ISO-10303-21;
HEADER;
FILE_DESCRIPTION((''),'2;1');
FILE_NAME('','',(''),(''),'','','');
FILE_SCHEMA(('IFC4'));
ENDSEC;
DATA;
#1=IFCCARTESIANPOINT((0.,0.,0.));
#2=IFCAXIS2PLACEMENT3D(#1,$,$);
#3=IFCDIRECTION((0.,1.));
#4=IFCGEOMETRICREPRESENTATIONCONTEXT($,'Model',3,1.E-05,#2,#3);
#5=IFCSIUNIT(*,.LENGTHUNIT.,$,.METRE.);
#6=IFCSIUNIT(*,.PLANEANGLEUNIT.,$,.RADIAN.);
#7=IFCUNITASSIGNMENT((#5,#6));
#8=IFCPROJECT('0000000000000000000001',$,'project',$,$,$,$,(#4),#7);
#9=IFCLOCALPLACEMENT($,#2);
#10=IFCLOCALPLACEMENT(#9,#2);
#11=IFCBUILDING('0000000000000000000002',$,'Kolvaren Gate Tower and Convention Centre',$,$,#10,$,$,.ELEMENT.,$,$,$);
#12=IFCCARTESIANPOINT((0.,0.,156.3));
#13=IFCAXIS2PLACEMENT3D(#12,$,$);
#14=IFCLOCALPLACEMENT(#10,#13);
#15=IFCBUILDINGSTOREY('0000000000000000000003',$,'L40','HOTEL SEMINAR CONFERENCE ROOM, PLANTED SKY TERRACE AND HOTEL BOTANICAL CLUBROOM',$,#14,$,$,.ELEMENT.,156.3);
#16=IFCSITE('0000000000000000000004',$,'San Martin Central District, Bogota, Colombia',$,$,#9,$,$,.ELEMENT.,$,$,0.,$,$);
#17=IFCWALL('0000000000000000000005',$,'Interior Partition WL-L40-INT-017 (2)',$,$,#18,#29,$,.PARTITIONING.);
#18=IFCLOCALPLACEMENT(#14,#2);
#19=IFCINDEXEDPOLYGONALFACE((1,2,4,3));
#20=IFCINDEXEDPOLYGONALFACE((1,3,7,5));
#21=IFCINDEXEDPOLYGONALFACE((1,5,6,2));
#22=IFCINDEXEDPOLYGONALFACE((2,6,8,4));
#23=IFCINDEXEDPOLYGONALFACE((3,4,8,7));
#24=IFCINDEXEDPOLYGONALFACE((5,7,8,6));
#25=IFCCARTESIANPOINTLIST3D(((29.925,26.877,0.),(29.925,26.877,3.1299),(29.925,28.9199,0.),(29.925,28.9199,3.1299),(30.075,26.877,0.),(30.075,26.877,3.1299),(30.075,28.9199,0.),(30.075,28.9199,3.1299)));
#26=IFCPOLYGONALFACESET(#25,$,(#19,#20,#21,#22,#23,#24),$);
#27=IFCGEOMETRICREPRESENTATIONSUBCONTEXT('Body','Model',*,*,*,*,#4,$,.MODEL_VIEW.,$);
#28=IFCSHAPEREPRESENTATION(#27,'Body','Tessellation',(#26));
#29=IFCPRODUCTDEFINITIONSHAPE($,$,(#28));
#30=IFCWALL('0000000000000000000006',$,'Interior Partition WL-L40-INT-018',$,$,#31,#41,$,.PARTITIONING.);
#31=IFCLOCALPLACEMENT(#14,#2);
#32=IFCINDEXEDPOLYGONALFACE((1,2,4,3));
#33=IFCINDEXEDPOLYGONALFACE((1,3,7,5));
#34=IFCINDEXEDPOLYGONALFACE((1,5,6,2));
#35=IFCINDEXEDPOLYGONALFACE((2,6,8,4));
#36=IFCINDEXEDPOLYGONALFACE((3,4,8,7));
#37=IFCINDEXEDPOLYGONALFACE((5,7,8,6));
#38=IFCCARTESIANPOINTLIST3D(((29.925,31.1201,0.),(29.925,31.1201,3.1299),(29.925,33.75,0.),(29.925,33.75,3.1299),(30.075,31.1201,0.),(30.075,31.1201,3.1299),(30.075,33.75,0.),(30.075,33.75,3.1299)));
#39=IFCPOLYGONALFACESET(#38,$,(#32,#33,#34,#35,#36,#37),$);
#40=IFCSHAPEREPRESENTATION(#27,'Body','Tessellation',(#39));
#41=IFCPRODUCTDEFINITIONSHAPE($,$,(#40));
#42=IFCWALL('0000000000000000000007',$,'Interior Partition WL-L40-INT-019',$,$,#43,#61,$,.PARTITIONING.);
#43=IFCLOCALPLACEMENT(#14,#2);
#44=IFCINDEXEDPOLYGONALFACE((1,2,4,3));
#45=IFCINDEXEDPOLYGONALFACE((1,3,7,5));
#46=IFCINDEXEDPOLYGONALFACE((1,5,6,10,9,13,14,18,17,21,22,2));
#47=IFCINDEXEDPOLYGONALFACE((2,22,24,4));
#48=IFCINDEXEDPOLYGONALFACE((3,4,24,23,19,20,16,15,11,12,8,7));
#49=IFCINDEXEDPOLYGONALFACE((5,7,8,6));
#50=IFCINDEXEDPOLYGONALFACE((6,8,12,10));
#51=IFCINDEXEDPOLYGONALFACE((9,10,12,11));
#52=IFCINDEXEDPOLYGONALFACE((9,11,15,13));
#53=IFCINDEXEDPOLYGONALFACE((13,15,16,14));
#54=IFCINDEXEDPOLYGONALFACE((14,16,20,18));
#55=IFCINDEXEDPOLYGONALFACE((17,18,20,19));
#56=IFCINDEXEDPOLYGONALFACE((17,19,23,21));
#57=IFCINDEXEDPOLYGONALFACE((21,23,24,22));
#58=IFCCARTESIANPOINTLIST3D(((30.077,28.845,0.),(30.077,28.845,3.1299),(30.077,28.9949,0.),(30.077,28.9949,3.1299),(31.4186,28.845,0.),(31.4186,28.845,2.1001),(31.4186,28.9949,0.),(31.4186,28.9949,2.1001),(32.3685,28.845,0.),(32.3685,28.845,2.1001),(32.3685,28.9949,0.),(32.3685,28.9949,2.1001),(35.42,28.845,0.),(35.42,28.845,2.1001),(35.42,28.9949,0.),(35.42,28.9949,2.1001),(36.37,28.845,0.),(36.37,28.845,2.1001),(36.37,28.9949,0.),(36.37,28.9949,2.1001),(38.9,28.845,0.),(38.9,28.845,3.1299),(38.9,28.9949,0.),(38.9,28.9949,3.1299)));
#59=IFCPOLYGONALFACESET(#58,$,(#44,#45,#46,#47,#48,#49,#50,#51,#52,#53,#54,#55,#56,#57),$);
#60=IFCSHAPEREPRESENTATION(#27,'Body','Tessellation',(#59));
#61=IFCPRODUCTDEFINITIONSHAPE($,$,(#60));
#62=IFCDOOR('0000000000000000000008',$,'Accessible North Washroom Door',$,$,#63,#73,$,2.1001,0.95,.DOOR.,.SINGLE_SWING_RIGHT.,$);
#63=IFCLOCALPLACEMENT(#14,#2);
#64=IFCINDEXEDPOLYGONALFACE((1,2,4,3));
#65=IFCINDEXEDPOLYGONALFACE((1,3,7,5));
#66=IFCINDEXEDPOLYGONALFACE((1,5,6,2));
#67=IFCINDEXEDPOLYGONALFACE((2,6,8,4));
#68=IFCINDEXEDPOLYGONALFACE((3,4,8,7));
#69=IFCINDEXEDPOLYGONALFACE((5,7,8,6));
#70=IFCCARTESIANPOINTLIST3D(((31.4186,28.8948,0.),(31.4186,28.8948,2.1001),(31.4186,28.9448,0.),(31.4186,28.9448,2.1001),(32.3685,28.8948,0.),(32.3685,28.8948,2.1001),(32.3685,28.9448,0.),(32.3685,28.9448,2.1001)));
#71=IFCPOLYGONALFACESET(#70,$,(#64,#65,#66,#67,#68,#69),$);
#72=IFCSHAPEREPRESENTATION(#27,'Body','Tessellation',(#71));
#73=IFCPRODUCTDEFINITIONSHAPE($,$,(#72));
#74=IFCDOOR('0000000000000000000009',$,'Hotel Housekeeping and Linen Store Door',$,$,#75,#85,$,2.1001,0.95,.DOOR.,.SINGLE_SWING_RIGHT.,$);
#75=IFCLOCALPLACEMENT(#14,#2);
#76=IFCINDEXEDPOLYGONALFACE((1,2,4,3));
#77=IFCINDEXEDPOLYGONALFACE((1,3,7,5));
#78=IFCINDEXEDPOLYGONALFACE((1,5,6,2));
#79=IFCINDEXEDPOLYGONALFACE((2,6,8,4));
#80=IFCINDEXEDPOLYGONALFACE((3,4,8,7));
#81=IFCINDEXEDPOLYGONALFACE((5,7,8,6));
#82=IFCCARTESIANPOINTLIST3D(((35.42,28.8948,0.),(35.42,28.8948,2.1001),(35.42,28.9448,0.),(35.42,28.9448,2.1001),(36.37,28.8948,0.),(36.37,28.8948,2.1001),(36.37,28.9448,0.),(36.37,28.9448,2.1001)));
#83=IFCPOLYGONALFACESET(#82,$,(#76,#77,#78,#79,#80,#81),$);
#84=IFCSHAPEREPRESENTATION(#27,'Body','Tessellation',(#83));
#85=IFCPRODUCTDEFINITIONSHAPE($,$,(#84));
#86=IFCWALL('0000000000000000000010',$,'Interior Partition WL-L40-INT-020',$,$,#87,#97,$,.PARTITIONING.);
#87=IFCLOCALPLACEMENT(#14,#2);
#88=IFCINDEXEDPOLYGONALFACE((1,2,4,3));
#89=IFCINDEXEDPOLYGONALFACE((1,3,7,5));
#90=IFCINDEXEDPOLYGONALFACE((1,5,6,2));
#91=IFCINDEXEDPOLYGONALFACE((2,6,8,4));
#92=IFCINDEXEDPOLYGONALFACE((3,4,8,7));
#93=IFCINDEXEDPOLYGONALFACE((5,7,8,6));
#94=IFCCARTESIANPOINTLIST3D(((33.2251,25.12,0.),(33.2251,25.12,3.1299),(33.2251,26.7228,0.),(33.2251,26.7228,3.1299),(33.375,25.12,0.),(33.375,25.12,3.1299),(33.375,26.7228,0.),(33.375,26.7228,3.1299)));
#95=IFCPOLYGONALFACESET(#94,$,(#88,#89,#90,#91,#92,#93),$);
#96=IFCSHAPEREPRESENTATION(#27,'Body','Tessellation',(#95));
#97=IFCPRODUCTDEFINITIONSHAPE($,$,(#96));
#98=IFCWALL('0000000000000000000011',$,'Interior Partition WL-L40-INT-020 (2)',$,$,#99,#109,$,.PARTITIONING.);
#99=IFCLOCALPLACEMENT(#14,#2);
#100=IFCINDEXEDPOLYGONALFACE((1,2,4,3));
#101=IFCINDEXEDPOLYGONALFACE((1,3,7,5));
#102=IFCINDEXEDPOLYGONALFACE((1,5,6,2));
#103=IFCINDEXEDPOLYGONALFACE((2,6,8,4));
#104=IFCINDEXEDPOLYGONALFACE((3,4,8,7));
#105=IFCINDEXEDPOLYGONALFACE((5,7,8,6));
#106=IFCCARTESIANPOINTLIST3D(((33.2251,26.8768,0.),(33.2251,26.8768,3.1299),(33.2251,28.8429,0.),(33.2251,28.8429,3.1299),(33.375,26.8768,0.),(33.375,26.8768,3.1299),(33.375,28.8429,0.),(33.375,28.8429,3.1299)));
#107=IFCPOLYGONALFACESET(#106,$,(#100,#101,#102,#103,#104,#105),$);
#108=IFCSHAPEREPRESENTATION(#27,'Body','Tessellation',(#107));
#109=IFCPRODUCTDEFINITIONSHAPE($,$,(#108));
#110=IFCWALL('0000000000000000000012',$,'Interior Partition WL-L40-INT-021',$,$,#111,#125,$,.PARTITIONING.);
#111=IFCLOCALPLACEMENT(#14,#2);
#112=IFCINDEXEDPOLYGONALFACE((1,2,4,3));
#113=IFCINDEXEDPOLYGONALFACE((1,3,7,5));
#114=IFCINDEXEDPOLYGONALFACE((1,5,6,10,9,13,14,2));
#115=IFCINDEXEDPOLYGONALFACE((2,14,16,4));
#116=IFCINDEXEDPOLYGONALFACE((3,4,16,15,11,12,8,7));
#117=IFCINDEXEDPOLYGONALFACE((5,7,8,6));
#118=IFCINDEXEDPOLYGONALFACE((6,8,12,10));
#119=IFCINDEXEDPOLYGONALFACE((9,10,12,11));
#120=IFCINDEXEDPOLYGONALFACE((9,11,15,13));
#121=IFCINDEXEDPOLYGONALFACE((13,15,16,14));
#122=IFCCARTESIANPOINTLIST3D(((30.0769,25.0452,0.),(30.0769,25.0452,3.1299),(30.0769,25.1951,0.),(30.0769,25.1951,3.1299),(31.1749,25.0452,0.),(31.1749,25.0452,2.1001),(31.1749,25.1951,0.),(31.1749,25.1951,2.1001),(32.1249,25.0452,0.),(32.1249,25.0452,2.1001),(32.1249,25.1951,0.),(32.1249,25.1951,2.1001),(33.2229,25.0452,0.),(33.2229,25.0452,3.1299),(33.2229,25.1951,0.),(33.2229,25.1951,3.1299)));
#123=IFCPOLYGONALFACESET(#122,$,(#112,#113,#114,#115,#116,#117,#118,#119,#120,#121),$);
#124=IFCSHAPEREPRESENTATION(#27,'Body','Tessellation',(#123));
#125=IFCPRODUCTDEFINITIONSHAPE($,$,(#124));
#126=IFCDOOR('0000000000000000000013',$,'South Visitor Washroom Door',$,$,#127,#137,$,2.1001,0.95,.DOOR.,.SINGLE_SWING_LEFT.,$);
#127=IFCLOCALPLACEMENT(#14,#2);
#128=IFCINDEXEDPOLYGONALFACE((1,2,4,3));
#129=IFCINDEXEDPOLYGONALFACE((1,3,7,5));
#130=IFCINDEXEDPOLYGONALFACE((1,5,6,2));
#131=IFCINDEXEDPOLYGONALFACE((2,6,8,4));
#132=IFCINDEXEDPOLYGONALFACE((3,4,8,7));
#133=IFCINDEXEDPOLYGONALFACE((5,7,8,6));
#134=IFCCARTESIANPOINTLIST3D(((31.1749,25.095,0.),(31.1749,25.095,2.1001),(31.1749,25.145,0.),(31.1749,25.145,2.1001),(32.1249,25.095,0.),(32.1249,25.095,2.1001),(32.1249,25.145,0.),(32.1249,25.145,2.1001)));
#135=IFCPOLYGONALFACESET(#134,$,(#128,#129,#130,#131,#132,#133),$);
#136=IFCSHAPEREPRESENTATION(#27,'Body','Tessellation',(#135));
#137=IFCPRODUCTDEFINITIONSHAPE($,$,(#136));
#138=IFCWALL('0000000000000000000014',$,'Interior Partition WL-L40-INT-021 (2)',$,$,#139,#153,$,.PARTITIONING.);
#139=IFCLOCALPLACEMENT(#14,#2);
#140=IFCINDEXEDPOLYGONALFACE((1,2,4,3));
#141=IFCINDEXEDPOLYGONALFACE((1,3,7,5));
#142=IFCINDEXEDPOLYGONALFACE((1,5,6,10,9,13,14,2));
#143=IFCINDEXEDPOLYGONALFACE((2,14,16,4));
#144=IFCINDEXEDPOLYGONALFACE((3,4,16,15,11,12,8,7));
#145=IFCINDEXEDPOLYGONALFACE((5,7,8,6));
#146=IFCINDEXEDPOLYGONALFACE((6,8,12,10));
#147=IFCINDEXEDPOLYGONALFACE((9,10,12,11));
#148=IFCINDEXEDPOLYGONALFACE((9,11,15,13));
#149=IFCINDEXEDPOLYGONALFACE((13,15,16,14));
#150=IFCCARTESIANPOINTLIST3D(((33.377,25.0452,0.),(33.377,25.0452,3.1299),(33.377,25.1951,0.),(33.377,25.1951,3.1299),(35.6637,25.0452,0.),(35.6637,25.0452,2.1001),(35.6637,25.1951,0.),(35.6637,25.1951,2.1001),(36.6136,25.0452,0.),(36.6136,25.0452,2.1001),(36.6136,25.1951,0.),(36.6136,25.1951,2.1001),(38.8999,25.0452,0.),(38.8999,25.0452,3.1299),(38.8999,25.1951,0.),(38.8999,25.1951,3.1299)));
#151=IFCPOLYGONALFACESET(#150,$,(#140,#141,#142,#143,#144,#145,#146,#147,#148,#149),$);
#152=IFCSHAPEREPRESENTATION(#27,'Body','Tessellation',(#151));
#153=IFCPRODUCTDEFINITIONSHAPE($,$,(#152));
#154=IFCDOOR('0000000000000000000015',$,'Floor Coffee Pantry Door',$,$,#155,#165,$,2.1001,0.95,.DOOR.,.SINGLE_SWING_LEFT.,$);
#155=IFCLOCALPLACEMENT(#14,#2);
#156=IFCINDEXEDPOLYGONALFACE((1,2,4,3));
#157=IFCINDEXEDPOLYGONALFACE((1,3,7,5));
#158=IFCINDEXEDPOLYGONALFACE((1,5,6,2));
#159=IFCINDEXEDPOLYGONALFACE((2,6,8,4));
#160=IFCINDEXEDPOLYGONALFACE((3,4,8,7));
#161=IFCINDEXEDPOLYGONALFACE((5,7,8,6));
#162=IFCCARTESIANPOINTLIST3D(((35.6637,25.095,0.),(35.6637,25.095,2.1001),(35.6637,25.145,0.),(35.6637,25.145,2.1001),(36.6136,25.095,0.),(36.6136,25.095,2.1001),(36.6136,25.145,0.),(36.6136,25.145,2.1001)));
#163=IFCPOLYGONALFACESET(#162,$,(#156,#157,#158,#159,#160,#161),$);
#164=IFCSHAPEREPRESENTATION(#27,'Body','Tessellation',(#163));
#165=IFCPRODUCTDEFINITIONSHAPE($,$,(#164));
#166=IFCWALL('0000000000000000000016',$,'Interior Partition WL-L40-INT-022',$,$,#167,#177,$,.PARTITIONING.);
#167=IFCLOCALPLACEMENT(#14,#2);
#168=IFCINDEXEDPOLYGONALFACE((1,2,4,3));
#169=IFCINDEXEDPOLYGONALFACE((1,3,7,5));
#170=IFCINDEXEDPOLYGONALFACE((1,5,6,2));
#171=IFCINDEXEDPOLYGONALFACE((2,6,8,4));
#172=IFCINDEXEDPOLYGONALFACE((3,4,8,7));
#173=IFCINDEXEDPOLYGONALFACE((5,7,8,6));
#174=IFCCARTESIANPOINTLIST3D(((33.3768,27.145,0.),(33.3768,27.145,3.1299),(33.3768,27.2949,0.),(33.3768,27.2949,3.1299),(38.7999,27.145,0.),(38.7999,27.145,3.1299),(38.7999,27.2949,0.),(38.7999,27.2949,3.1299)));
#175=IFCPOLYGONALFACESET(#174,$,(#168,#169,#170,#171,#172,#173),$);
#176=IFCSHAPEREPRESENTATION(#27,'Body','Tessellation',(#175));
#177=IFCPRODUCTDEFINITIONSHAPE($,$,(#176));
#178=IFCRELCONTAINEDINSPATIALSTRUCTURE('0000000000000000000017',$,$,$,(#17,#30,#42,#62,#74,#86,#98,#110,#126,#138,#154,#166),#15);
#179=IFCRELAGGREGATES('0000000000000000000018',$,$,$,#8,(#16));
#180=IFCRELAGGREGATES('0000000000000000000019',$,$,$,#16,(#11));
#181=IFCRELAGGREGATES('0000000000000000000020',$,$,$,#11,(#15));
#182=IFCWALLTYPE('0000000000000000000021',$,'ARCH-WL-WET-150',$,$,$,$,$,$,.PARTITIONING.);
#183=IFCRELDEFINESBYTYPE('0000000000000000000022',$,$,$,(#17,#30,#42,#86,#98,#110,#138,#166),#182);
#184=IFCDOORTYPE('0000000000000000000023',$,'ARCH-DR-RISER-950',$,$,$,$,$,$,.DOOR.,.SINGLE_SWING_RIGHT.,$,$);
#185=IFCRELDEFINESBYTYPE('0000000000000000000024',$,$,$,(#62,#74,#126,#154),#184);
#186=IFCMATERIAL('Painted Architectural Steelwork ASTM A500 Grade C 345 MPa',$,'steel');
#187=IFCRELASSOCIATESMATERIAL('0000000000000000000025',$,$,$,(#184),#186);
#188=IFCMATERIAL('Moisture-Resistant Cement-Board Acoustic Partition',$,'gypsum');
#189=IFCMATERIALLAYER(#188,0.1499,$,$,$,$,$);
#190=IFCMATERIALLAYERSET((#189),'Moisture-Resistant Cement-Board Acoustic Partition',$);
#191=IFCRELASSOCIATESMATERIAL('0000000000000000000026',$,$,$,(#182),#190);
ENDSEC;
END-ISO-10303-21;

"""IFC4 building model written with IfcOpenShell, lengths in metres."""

from ifc_helpers import new_model, si_unit, direction, frame, frame_2d, origin, place, context, subcontext, project, spatial, rectangle, extrude, material, layer, layer_set, type_object, element, fill, save


model = new_model("IFC4")

# Units and contexts
model_context = context("Model", 3, precision=1e-05, world=origin(), true_north=direction((0.0, 1.0)))
body_context = subcontext(model_context, "Body", "Model", "MODEL_VIEW")
ifc_project = project(units=[si_unit("LENGTHUNIT", "METRE"), si_unit("PLANEANGLEUNIT", "RADIAN")], contexts=[model_context])

# Site, building, storey
site_placement = place(None, origin())
site = spatial("IfcSite", under=ifc_project, at=site_placement, Name="San Martin Central District, Bogota, Colombia", CompositionType="ELEMENT", RefElevation=0.0)
building_placement = place(site_placement, origin())
building = spatial("IfcBuilding", under=site, at=building_placement, Name="Kolvaren Gate Tower and Convention Centre", CompositionType="ELEMENT")
storey_placement = place(building_placement, frame((0.0, 0.0, 156.3)))
storey = spatial("IfcBuildingStorey", under=building, at=storey_placement, Name="L40", Description="HOTEL SEMINAR CONFERENCE ROOM, PLANTED SKY TERRACE AND HOTEL BOTANICAL CLUBROOM", CompositionType="ELEMENT", Elevation=156.3)

# Shared definitions
ifc_material_1 = material(Name="Painted Architectural Steelwork ASTM A500 Grade C 345 MPa", Category="steel")
door_type_1 = type_object("IfcDoorType", Name="ARCH-DR-RISER-950", OperationType="SINGLE_SWING_RIGHT", PredefinedType="DOOR", material=ifc_material_1)

# Walls
ifc_material_2 = material(Name="Moisture-Resistant Cement-Board Acoustic Partition", Category="gypsum")
ifc_layer_1 = layer(ifc_material_2, 0.1499)
ifc_layer_set_1 = layer_set([ifc_layer_1], Name="Moisture-Resistant Cement-Board Acoustic Partition")
wall_type_1 = type_object("IfcWallType", Name="ARCH-WL-WET-150", PredefinedType="PARTITIONING", material=ifc_layer_set_1)
wall_1_placement = place(storey_placement, frame((30.0, 26.877, 0.0), z_axis=(0.0, 0.0, 1.0), x_axis=(0.0, 1.0, 0.0)))
element("IfcWall", 1, at=wall_1_placement, inside=storey, type_object=wall_type_1, Name="Interior Partition WL-L40-INT-017 (2)", PredefinedType="PARTITIONING", context=body_context, shape_type="SweptSolid", body=[
    extrude(rectangle(XDim=2.043, YDim=0.1499, at=frame_2d((1.0215, 0.0))), origin(), (0.0, 0.0, 1.0), 3.1299),
])
wall_2_placement = place(storey_placement, frame((30.0, 31.1201, 0.0), z_axis=(0.0, 0.0, 1.0), x_axis=(0.0, 1.0, 0.0)))
element("IfcWall", 2, at=wall_2_placement, inside=storey, type_object=wall_type_1, Name="Interior Partition WL-L40-INT-018", PredefinedType="PARTITIONING", context=body_context, shape_type="SweptSolid", body=[
    extrude(rectangle(XDim=2.6299, YDim=0.1499, at=frame_2d((1.3149, 0.0))), origin(), (0.0, 0.0, 1.0), 3.1299),
])

# Wall, openings, doors
wall_3_placement = place(storey_placement, frame((30.0769, 28.9199, 0.0), z_axis=(0.0, 0.0, 1.0), x_axis=(1.0, 0.0, 0.0)))
wall_3 = element("IfcWall", 3, at=wall_3_placement, inside=storey, type_object=wall_type_1, Name="Interior Partition WL-L40-INT-019", PredefinedType="PARTITIONING", context=body_context, shape_type="SweptSolid", body=[
    extrude(rectangle(XDim=8.823, YDim=0.1499, at=frame_2d((4.4116, 0.0))), origin(), (0.0, 0.0, 1.0), 3.1299),
])
opening_1_placement = place(wall_3_placement, frame((1.3416, 0.0, 0.0)))
opening_1 = element("IfcOpeningElement", 4, at=opening_1_placement, cuts=wall_3, PredefinedType="OPENING", context=body_context, shape_type="SweptSolid", body=[
    extrude(rectangle(XDim=0.95, YDim=2.1001, at=frame_2d((0.4751, 1.05))), frame((0.0, 0.085, 0.0), z_axis=(0.0, -1.0, 0.0), x_axis=(1.0, 0.0, 0.0)), (0.0, 0.0, 1.0), 0.1699),
])
opening_2_placement = place(wall_3_placement, frame((5.343, 0.0, 0.0)))
opening_2 = element("IfcOpeningElement", 5, at=opening_2_placement, cuts=wall_3, PredefinedType="OPENING", context=body_context, shape_type="SweptSolid", body=[
    extrude(rectangle(XDim=0.95, YDim=2.1001, at=frame_2d((0.4751, 1.05))), frame((0.0, 0.085, 0.0), z_axis=(0.0, -1.0, 0.0), x_axis=(1.0, 0.0, 0.0)), (0.0, 0.0, 1.0), 0.1699),
])
door_1_placement = place(opening_1_placement, origin())
door_1 = element("IfcDoor", 6, at=door_1_placement, inside=storey, type_object=door_type_1, Name="Accessible North Washroom Door", OperationType="SINGLE_SWING_RIGHT", OverallHeight=2.1001, OverallWidth=0.95, PredefinedType="DOOR", context=body_context, shape_type="SweptSolid", body=[
    extrude(rectangle(XDim=0.95, YDim=2.1001, at=frame_2d((0.4751, 1.05))), frame((0.0, 0.0249, 0.0), z_axis=(0.0, -1.0, 0.0), x_axis=(1.0, 0.0, 0.0)), (0.0, 0.0, 1.0), 0.05),
])
fill(opening_1, door_1)
door_2_placement = place(opening_2_placement, origin())
door_2 = element("IfcDoor", 7, at=door_2_placement, inside=storey, type_object=door_type_1, Name="Hotel Housekeeping and Linen Store Door", OperationType="SINGLE_SWING_RIGHT", OverallHeight=2.1001, OverallWidth=0.95, PredefinedType="DOOR", context=body_context, shape_type="SweptSolid", body=[
    extrude(rectangle(XDim=0.95, YDim=2.1001, at=frame_2d((0.4751, 1.05))), frame((0.0, 0.0249, 0.0), z_axis=(0.0, -1.0, 0.0), x_axis=(1.0, 0.0, 0.0)), (0.0, 0.0, 1.0), 0.05),
])
fill(opening_2, door_2)

# Walls
wall_4_placement = place(storey_placement, frame((33.3, 25.1201, 0.0), z_axis=(0.0, 0.0, 1.0), x_axis=(0.0, 1.0, 0.0)))
element("IfcWall", 8, at=wall_4_placement, inside=storey, type_object=wall_type_1, Name="Interior Partition WL-L40-INT-020", PredefinedType="PARTITIONING", context=body_context, shape_type="SweptSolid", body=[
    extrude(rectangle(XDim=1.6028, YDim=0.1499, at=frame_2d((0.8013, 0.0))), origin(), (0.0, 0.0, 1.0), 3.1299),
])
wall_5_placement = place(storey_placement, frame((33.3, 26.877, 0.0), z_axis=(0.0, 0.0, 1.0), x_axis=(0.0, 1.0, 0.0)))
element("IfcWall", 9, at=wall_5_placement, inside=storey, type_object=wall_type_1, Name="Interior Partition WL-L40-INT-020 (2)", PredefinedType="PARTITIONING", context=body_context, shape_type="SweptSolid", body=[
    extrude(rectangle(XDim=1.9661, YDim=0.1499, at=frame_2d((0.9829, 0.0))), origin(), (0.0, 0.0, 1.0), 3.1299),
])

# Walls, openings, doors
wall_6_placement = place(storey_placement, frame((30.0769, 25.1201, 0.0), z_axis=(0.0, 0.0, 1.0), x_axis=(1.0, 0.0, 0.0)))
wall_6 = element("IfcWall", 10, at=wall_6_placement, inside=storey, type_object=wall_type_1, Name="Interior Partition WL-L40-INT-021", PredefinedType="PARTITIONING", context=body_context, shape_type="SweptSolid", body=[
    extrude(rectangle(XDim=3.146, YDim=0.1499, at=frame_2d((1.573, 0.0))), origin(), (0.0, 0.0, 1.0), 3.1299),
])
opening_3_placement = place(wall_6_placement, frame((1.0979, 0.0, 0.0)))
opening_3 = element("IfcOpeningElement", 11, at=opening_3_placement, cuts=wall_6, PredefinedType="OPENING", context=body_context, shape_type="SweptSolid", body=[
    extrude(rectangle(XDim=0.95, YDim=2.1001, at=frame_2d((0.4751, 1.05))), frame((0.0, 0.085, 0.0), z_axis=(0.0, -1.0, 0.0), x_axis=(1.0, 0.0, 0.0)), (0.0, 0.0, 1.0), 0.1699),
])
door_3_placement = place(opening_3_placement, origin())
door_3 = element("IfcDoor", 12, at=door_3_placement, inside=storey, type_object=door_type_1, Name="South Visitor Washroom Door", OperationType="SINGLE_SWING_LEFT", OverallHeight=2.1001, OverallWidth=0.95, PredefinedType="DOOR", context=body_context, shape_type="SweptSolid", body=[
    extrude(rectangle(XDim=0.95, YDim=2.1001, at=frame_2d((0.4751, 1.05))), frame((0.0, 0.0249, 0.0), z_axis=(0.0, -1.0, 0.0), x_axis=(1.0, 0.0, 0.0)), (0.0, 0.0, 1.0), 0.05),
])
fill(opening_3, door_3)
wall_7_placement = place(storey_placement, frame((33.377, 25.1201, 0.0), z_axis=(0.0, 0.0, 1.0), x_axis=(1.0, 0.0, 0.0)))
wall_7 = element("IfcWall", 13, at=wall_7_placement, inside=storey, type_object=wall_type_1, Name="Interior Partition WL-L40-INT-021 (2)", PredefinedType="PARTITIONING", context=body_context, shape_type="SweptSolid", body=[
    extrude(rectangle(XDim=5.5229, YDim=0.1499, at=frame_2d((2.7615, 0.0))), origin(), (0.0, 0.0, 1.0), 3.1299),
])
opening_4_placement = place(wall_7_placement, frame((2.2866, 0.0, 0.0)))
opening_4 = element("IfcOpeningElement", 14, at=opening_4_placement, cuts=wall_7, PredefinedType="OPENING", context=body_context, shape_type="SweptSolid", body=[
    extrude(rectangle(XDim=0.95, YDim=2.1001, at=frame_2d((0.4751, 1.05))), frame((0.0, 0.085, 0.0), z_axis=(0.0, -1.0, 0.0), x_axis=(1.0, 0.0, 0.0)), (0.0, 0.0, 1.0), 0.1699),
])
door_4_placement = place(opening_4_placement, origin())
door_4 = element("IfcDoor", 15, at=door_4_placement, inside=storey, type_object=door_type_1, Name="Floor Coffee Pantry Door", OperationType="SINGLE_SWING_LEFT", OverallHeight=2.1001, OverallWidth=0.95, PredefinedType="DOOR", context=body_context, shape_type="SweptSolid", body=[
    extrude(rectangle(XDim=0.95, YDim=2.1001, at=frame_2d((0.4751, 1.05))), frame((0.0, 0.0249, 0.0), z_axis=(0.0, -1.0, 0.0), x_axis=(1.0, 0.0, 0.0)), (0.0, 0.0, 1.0), 0.05),
])
fill(opening_4, door_4)

# Wall
wall_8_placement = place(storey_placement, frame((33.377, 27.22, 0.0), z_axis=(0.0, 0.0, 1.0), x_axis=(1.0, 0.0, 0.0)))
element("IfcWall", 16, at=wall_8_placement, inside=storey, type_object=wall_type_1, Name="Interior Partition WL-L40-INT-022", PredefinedType="PARTITIONING", context=body_context, shape_type="SweptSolid", body=[
    extrude(rectangle(XDim=5.4231, YDim=0.1499, at=frame_2d((2.7114, 0.0))), origin(), (0.0, 0.0, 1.0), 3.1299),
])

save(model, "model.ifc")
